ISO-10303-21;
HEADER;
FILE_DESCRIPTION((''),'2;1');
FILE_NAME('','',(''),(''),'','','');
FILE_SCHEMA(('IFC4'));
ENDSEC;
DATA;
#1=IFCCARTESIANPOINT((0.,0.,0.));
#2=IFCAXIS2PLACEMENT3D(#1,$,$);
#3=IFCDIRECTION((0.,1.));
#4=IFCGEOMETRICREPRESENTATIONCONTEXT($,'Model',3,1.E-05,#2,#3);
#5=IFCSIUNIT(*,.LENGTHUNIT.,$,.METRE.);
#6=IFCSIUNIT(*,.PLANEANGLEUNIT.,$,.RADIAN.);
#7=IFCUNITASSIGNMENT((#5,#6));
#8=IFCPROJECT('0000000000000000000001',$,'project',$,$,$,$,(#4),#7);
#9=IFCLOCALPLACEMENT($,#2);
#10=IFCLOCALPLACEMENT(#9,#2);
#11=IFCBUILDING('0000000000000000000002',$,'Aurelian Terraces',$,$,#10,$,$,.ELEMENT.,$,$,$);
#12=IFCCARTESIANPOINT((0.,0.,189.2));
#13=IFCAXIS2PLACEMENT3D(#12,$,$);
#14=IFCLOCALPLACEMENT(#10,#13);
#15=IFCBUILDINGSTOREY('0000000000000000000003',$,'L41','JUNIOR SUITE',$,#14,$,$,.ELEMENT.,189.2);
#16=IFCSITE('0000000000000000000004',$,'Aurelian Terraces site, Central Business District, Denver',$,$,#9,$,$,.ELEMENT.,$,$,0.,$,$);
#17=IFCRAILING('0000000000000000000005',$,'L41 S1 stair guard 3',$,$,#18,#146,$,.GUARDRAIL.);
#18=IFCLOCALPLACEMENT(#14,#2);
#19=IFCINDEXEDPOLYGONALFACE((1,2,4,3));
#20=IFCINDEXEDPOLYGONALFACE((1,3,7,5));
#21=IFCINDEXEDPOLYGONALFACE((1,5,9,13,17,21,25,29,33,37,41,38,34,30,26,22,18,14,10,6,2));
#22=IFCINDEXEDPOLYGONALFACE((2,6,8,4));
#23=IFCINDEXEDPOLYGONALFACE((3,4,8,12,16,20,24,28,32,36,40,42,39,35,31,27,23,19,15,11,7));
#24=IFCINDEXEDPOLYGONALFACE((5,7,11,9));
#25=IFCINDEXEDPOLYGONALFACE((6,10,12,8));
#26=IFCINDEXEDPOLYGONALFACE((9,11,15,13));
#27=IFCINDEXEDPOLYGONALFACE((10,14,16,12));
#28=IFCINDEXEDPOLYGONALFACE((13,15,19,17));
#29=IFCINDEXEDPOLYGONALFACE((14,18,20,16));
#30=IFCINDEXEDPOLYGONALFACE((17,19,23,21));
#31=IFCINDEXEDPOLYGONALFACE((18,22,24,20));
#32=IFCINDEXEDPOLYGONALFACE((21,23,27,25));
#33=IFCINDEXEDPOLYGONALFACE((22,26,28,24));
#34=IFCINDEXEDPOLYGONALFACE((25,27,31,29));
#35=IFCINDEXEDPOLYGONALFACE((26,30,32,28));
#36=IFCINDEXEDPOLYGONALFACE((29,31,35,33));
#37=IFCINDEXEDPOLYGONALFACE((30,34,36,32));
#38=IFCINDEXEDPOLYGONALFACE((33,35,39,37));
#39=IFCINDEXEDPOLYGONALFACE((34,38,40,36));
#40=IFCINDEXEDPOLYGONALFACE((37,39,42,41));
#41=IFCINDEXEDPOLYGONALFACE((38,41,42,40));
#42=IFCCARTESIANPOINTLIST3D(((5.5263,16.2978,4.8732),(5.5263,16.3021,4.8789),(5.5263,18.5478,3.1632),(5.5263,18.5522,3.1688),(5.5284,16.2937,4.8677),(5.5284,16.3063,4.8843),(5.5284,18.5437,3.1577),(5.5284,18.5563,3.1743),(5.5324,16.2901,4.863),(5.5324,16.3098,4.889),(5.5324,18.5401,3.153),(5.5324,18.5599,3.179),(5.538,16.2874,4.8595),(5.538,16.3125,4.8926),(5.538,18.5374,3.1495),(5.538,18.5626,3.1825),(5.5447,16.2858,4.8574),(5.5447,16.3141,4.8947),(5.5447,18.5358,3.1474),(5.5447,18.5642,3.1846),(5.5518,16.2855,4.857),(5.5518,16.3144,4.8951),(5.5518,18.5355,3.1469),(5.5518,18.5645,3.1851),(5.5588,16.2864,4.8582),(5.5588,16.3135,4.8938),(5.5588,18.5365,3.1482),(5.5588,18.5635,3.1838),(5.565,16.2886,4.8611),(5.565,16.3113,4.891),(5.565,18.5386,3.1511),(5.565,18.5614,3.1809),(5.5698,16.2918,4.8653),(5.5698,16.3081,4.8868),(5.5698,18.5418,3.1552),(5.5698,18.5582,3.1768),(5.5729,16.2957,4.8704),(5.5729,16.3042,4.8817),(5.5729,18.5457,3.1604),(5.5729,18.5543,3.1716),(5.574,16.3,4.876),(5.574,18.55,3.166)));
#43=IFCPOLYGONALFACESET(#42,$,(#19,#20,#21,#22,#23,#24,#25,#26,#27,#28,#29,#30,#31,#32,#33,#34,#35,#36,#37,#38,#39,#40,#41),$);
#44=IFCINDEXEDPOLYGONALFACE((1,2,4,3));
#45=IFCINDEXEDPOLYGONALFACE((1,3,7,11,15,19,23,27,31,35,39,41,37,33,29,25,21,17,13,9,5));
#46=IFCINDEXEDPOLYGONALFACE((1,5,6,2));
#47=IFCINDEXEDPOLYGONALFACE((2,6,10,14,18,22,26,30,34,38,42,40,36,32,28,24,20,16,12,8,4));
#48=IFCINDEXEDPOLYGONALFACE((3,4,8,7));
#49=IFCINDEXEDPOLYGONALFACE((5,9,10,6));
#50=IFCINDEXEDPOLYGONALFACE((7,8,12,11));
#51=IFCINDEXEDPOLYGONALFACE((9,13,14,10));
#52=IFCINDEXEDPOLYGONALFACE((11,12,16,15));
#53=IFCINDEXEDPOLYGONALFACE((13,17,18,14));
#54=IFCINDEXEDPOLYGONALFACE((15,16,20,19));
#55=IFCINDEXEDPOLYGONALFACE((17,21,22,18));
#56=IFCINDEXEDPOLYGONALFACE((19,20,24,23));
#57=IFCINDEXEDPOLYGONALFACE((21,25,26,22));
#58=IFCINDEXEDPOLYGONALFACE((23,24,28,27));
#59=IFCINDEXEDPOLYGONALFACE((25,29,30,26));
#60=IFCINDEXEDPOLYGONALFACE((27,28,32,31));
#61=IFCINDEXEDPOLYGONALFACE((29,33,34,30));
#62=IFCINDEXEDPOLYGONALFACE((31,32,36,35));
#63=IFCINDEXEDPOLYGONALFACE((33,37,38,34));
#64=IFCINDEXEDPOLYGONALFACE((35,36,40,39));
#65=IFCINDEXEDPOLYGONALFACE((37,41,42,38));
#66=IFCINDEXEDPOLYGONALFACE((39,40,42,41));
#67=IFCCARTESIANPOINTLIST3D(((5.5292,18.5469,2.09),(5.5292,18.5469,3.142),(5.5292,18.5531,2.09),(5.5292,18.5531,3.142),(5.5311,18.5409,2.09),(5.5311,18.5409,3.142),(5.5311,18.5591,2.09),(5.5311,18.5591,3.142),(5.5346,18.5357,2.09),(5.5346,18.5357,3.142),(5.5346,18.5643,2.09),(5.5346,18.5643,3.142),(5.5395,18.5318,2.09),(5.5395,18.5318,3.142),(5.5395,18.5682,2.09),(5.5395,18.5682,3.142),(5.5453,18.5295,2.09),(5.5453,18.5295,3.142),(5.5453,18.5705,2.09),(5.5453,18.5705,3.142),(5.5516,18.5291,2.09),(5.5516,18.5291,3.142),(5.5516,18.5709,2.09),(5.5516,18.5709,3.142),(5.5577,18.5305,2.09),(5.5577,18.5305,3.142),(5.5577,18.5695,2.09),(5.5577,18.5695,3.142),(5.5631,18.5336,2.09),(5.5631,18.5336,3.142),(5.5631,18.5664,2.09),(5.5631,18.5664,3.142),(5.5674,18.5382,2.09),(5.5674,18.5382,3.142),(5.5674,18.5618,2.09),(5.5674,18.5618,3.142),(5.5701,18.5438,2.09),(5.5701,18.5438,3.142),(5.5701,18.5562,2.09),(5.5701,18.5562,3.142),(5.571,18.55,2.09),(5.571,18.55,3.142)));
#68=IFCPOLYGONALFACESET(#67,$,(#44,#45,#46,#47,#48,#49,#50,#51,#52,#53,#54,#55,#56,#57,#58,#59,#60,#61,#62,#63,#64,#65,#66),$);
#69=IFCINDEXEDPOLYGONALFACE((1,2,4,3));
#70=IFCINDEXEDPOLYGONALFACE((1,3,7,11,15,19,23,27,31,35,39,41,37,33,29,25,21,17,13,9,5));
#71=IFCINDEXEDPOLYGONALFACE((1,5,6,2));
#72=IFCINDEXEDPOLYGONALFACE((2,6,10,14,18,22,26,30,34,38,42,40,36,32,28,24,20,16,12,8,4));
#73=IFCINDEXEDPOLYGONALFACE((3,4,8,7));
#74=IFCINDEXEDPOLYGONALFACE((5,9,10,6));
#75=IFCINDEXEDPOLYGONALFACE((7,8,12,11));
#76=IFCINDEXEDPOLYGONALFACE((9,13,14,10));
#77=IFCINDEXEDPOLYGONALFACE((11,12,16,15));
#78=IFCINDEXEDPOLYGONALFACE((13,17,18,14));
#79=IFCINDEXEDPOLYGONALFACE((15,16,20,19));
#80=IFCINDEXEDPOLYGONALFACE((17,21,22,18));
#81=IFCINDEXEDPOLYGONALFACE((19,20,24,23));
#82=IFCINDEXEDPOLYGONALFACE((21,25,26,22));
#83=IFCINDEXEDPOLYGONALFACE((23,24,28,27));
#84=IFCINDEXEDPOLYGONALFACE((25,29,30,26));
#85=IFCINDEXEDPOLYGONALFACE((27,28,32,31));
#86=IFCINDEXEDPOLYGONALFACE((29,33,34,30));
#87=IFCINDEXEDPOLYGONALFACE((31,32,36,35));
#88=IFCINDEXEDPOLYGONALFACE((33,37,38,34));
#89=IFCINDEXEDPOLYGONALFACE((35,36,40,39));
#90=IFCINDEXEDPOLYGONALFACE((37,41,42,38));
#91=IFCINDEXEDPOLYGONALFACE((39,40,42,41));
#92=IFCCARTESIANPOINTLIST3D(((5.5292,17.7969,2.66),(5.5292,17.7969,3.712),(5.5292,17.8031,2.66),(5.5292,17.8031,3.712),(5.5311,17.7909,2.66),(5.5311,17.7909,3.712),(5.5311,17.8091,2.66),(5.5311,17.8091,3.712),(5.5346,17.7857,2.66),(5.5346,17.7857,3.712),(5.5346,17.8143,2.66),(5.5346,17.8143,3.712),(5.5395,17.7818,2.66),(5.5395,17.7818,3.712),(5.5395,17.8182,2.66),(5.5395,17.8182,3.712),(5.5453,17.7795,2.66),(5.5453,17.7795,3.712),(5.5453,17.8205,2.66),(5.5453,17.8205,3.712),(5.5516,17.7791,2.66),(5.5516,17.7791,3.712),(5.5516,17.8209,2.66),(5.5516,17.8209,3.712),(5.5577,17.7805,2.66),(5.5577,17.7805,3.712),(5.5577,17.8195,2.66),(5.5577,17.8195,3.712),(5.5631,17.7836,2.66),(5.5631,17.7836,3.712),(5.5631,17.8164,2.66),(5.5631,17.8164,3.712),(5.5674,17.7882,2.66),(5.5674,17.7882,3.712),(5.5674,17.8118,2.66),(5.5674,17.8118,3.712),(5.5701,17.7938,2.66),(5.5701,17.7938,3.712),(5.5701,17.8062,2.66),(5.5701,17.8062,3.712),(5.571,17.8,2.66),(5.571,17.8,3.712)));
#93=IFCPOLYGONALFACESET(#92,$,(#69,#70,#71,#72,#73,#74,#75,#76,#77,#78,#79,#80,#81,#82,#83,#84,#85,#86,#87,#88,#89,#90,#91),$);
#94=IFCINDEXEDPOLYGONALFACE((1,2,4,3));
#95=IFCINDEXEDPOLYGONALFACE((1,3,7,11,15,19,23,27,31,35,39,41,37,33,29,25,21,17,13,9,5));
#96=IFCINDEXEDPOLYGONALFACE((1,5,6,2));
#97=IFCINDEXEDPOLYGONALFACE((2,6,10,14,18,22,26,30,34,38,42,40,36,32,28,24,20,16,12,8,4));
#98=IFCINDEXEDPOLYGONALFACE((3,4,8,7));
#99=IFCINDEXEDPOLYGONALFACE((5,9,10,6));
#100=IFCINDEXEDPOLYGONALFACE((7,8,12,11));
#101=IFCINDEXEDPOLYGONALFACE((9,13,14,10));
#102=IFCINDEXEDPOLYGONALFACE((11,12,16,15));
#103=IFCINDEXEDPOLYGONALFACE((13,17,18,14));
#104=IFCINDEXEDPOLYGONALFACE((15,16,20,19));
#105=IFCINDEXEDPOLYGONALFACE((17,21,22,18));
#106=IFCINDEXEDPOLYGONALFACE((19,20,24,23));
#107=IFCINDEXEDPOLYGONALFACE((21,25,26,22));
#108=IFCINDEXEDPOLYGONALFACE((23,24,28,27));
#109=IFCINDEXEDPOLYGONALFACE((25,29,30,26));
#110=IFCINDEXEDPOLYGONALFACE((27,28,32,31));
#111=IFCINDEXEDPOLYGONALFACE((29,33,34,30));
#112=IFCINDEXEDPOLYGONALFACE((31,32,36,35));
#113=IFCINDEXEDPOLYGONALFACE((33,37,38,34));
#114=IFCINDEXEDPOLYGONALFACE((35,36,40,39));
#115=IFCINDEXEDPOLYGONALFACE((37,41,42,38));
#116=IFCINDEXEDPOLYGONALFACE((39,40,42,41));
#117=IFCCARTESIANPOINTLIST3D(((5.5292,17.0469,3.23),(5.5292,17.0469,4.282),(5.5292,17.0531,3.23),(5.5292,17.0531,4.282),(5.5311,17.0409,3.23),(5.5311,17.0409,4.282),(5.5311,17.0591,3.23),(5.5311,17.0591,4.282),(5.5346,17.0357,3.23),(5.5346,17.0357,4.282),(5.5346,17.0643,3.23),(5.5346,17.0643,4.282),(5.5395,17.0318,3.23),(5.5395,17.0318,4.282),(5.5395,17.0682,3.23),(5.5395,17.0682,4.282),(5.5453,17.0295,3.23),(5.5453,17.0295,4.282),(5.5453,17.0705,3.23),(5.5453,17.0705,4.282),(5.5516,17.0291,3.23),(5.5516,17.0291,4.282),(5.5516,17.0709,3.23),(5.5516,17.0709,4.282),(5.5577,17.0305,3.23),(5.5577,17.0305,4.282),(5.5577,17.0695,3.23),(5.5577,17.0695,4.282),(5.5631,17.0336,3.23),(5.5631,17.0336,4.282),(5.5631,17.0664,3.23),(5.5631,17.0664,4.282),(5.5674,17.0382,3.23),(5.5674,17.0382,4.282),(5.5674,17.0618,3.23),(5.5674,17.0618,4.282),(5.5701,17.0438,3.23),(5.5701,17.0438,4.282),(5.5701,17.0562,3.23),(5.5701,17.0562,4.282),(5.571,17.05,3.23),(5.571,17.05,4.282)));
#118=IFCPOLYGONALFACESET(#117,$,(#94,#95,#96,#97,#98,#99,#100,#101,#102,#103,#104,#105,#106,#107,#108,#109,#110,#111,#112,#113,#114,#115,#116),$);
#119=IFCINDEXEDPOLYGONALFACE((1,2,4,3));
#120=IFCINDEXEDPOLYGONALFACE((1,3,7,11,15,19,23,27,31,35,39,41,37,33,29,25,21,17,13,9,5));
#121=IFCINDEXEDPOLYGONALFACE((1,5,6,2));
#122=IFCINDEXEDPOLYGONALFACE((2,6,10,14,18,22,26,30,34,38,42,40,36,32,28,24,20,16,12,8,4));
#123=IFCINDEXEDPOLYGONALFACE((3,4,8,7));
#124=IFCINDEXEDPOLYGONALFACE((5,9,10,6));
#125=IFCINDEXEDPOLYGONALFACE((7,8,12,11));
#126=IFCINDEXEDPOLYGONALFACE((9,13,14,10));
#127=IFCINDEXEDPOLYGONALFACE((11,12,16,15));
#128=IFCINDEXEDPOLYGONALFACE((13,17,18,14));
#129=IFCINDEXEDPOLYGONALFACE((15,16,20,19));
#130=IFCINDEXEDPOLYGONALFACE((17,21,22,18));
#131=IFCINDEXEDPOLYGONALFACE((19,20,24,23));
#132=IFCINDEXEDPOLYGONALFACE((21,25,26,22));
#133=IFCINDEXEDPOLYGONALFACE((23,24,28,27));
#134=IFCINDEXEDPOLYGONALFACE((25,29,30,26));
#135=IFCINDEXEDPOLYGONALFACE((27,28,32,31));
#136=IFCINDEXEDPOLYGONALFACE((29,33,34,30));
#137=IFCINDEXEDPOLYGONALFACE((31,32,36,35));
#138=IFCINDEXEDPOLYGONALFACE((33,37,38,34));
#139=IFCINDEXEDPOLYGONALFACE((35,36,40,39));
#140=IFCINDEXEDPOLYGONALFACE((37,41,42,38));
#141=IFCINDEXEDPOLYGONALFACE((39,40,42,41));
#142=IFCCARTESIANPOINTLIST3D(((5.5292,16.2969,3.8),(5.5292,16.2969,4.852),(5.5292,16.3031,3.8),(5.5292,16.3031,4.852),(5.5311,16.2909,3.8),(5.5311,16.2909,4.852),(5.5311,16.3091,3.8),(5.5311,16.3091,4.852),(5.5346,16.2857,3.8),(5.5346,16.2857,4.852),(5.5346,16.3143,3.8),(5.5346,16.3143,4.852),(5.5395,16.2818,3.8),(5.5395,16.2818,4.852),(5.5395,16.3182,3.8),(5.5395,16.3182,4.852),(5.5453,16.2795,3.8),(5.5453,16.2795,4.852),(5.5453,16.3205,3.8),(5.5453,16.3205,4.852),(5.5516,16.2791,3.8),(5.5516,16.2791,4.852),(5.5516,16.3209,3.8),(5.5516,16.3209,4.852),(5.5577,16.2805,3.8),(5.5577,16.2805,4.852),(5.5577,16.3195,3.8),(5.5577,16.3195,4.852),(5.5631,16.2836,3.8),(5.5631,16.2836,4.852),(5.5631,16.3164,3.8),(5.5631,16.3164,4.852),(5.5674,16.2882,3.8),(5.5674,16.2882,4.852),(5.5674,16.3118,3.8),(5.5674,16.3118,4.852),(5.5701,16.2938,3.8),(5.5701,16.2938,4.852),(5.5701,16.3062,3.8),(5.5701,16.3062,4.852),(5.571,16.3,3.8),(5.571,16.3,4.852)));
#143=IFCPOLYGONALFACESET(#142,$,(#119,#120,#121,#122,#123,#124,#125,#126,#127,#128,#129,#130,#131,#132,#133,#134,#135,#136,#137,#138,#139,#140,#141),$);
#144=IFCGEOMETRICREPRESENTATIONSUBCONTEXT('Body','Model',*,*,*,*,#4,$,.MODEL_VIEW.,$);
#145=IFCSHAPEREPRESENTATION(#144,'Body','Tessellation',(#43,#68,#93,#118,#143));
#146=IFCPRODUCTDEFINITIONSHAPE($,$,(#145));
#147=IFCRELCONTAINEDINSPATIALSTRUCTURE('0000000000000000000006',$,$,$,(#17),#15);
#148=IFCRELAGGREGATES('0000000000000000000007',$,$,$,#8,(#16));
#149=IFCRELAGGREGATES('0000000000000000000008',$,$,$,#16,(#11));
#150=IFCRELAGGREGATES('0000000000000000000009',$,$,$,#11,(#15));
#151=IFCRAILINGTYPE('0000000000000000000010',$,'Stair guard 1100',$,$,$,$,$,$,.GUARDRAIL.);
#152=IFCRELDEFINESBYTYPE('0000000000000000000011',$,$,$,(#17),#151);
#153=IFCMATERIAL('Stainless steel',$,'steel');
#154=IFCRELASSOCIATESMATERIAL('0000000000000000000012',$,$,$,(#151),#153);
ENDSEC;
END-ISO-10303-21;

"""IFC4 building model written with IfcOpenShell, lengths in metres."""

from ifc_helpers import new_model, si_unit, direction, frame, origin, origin_2d, place, context, subcontext, project, spatial, circle, extrude, source, transform, mapped, material, type_object, element, save


model = new_model("IFC4")

# Units and contexts
model_context = context("Model", 3, precision=1e-05, world=origin(), true_north=direction((0.0, 1.0)))
body_context = subcontext(model_context, "Body", "Model", "MODEL_VIEW")
ifc_project = project(units=[si_unit("LENGTHUNIT", "METRE"), si_unit("PLANEANGLEUNIT", "RADIAN")], contexts=[model_context])

# Site, building, storey
site_placement = place(None, origin())
site = spatial("IfcSite", under=ifc_project, at=site_placement, Name="Aurelian Terraces site, Central Business District, Denver", CompositionType="ELEMENT", RefElevation=0.0)
building_placement = place(site_placement, origin())
building = spatial("IfcBuilding", under=site, at=building_placement, Name="Aurelian Terraces", CompositionType="ELEMENT")
storey_placement = place(building_placement, frame((0.0, 0.0, 189.2)))
storey = spatial("IfcBuildingStorey", under=building, at=storey_placement, Name="L41", Description="JUNIOR SUITE", CompositionType="ELEMENT", Elevation=189.2)

# Railing
ifc_material_1 = material(Name="Stainless steel", Category="steel")
railing_type_1 = type_object("IfcRailingType", Name="Stair guard 1100", PredefinedType="GUARDRAIL", material=ifc_material_1)
shared_shape_1 = source(origin(), body_context, "Body", "SweptSolid", [
    extrude(circle(Radius=0.024, at=origin_2d()), frame((0.0, 0.0, 1.076), z_axis=(0.0, -0.796162, 0.605083), x_axis=(1.0, 0.0, 0.0)), (0.0, 0.0, 1.0), 2.8261),
    extrude(circle(Radius=0.021, at=origin_2d()), origin(), (0.0, 0.0, 1.0), 1.052),
    extrude(circle(Radius=0.021, at=origin_2d()), frame((0.0, -0.75, 0.57)), (0.0, 0.0, 1.0), 1.052),
    extrude(circle(Radius=0.021, at=origin_2d()), frame((0.0, -1.5, 1.14)), (0.0, 0.0, 1.0), 1.052),
    extrude(circle(Radius=0.021, at=origin_2d()), frame((0.0, -2.25, 1.71)), (0.0, 0.0, 1.0), 1.052),
])
railing_1_placement = place(storey_placement, frame((5.55, 18.55, 2.09)))
element("IfcRailing", 1, at=railing_1_placement, inside=storey, type_object=railing_type_1, Name="L41 S1 stair guard 3", PredefinedType="GUARDRAIL", context=body_context, shape_type="MappedRepresentation", body=[
    mapped(shared_shape_1, transform((0.0, 0.0, 0.0), scale=1.0)),
])

save(model, "model.ifc")
